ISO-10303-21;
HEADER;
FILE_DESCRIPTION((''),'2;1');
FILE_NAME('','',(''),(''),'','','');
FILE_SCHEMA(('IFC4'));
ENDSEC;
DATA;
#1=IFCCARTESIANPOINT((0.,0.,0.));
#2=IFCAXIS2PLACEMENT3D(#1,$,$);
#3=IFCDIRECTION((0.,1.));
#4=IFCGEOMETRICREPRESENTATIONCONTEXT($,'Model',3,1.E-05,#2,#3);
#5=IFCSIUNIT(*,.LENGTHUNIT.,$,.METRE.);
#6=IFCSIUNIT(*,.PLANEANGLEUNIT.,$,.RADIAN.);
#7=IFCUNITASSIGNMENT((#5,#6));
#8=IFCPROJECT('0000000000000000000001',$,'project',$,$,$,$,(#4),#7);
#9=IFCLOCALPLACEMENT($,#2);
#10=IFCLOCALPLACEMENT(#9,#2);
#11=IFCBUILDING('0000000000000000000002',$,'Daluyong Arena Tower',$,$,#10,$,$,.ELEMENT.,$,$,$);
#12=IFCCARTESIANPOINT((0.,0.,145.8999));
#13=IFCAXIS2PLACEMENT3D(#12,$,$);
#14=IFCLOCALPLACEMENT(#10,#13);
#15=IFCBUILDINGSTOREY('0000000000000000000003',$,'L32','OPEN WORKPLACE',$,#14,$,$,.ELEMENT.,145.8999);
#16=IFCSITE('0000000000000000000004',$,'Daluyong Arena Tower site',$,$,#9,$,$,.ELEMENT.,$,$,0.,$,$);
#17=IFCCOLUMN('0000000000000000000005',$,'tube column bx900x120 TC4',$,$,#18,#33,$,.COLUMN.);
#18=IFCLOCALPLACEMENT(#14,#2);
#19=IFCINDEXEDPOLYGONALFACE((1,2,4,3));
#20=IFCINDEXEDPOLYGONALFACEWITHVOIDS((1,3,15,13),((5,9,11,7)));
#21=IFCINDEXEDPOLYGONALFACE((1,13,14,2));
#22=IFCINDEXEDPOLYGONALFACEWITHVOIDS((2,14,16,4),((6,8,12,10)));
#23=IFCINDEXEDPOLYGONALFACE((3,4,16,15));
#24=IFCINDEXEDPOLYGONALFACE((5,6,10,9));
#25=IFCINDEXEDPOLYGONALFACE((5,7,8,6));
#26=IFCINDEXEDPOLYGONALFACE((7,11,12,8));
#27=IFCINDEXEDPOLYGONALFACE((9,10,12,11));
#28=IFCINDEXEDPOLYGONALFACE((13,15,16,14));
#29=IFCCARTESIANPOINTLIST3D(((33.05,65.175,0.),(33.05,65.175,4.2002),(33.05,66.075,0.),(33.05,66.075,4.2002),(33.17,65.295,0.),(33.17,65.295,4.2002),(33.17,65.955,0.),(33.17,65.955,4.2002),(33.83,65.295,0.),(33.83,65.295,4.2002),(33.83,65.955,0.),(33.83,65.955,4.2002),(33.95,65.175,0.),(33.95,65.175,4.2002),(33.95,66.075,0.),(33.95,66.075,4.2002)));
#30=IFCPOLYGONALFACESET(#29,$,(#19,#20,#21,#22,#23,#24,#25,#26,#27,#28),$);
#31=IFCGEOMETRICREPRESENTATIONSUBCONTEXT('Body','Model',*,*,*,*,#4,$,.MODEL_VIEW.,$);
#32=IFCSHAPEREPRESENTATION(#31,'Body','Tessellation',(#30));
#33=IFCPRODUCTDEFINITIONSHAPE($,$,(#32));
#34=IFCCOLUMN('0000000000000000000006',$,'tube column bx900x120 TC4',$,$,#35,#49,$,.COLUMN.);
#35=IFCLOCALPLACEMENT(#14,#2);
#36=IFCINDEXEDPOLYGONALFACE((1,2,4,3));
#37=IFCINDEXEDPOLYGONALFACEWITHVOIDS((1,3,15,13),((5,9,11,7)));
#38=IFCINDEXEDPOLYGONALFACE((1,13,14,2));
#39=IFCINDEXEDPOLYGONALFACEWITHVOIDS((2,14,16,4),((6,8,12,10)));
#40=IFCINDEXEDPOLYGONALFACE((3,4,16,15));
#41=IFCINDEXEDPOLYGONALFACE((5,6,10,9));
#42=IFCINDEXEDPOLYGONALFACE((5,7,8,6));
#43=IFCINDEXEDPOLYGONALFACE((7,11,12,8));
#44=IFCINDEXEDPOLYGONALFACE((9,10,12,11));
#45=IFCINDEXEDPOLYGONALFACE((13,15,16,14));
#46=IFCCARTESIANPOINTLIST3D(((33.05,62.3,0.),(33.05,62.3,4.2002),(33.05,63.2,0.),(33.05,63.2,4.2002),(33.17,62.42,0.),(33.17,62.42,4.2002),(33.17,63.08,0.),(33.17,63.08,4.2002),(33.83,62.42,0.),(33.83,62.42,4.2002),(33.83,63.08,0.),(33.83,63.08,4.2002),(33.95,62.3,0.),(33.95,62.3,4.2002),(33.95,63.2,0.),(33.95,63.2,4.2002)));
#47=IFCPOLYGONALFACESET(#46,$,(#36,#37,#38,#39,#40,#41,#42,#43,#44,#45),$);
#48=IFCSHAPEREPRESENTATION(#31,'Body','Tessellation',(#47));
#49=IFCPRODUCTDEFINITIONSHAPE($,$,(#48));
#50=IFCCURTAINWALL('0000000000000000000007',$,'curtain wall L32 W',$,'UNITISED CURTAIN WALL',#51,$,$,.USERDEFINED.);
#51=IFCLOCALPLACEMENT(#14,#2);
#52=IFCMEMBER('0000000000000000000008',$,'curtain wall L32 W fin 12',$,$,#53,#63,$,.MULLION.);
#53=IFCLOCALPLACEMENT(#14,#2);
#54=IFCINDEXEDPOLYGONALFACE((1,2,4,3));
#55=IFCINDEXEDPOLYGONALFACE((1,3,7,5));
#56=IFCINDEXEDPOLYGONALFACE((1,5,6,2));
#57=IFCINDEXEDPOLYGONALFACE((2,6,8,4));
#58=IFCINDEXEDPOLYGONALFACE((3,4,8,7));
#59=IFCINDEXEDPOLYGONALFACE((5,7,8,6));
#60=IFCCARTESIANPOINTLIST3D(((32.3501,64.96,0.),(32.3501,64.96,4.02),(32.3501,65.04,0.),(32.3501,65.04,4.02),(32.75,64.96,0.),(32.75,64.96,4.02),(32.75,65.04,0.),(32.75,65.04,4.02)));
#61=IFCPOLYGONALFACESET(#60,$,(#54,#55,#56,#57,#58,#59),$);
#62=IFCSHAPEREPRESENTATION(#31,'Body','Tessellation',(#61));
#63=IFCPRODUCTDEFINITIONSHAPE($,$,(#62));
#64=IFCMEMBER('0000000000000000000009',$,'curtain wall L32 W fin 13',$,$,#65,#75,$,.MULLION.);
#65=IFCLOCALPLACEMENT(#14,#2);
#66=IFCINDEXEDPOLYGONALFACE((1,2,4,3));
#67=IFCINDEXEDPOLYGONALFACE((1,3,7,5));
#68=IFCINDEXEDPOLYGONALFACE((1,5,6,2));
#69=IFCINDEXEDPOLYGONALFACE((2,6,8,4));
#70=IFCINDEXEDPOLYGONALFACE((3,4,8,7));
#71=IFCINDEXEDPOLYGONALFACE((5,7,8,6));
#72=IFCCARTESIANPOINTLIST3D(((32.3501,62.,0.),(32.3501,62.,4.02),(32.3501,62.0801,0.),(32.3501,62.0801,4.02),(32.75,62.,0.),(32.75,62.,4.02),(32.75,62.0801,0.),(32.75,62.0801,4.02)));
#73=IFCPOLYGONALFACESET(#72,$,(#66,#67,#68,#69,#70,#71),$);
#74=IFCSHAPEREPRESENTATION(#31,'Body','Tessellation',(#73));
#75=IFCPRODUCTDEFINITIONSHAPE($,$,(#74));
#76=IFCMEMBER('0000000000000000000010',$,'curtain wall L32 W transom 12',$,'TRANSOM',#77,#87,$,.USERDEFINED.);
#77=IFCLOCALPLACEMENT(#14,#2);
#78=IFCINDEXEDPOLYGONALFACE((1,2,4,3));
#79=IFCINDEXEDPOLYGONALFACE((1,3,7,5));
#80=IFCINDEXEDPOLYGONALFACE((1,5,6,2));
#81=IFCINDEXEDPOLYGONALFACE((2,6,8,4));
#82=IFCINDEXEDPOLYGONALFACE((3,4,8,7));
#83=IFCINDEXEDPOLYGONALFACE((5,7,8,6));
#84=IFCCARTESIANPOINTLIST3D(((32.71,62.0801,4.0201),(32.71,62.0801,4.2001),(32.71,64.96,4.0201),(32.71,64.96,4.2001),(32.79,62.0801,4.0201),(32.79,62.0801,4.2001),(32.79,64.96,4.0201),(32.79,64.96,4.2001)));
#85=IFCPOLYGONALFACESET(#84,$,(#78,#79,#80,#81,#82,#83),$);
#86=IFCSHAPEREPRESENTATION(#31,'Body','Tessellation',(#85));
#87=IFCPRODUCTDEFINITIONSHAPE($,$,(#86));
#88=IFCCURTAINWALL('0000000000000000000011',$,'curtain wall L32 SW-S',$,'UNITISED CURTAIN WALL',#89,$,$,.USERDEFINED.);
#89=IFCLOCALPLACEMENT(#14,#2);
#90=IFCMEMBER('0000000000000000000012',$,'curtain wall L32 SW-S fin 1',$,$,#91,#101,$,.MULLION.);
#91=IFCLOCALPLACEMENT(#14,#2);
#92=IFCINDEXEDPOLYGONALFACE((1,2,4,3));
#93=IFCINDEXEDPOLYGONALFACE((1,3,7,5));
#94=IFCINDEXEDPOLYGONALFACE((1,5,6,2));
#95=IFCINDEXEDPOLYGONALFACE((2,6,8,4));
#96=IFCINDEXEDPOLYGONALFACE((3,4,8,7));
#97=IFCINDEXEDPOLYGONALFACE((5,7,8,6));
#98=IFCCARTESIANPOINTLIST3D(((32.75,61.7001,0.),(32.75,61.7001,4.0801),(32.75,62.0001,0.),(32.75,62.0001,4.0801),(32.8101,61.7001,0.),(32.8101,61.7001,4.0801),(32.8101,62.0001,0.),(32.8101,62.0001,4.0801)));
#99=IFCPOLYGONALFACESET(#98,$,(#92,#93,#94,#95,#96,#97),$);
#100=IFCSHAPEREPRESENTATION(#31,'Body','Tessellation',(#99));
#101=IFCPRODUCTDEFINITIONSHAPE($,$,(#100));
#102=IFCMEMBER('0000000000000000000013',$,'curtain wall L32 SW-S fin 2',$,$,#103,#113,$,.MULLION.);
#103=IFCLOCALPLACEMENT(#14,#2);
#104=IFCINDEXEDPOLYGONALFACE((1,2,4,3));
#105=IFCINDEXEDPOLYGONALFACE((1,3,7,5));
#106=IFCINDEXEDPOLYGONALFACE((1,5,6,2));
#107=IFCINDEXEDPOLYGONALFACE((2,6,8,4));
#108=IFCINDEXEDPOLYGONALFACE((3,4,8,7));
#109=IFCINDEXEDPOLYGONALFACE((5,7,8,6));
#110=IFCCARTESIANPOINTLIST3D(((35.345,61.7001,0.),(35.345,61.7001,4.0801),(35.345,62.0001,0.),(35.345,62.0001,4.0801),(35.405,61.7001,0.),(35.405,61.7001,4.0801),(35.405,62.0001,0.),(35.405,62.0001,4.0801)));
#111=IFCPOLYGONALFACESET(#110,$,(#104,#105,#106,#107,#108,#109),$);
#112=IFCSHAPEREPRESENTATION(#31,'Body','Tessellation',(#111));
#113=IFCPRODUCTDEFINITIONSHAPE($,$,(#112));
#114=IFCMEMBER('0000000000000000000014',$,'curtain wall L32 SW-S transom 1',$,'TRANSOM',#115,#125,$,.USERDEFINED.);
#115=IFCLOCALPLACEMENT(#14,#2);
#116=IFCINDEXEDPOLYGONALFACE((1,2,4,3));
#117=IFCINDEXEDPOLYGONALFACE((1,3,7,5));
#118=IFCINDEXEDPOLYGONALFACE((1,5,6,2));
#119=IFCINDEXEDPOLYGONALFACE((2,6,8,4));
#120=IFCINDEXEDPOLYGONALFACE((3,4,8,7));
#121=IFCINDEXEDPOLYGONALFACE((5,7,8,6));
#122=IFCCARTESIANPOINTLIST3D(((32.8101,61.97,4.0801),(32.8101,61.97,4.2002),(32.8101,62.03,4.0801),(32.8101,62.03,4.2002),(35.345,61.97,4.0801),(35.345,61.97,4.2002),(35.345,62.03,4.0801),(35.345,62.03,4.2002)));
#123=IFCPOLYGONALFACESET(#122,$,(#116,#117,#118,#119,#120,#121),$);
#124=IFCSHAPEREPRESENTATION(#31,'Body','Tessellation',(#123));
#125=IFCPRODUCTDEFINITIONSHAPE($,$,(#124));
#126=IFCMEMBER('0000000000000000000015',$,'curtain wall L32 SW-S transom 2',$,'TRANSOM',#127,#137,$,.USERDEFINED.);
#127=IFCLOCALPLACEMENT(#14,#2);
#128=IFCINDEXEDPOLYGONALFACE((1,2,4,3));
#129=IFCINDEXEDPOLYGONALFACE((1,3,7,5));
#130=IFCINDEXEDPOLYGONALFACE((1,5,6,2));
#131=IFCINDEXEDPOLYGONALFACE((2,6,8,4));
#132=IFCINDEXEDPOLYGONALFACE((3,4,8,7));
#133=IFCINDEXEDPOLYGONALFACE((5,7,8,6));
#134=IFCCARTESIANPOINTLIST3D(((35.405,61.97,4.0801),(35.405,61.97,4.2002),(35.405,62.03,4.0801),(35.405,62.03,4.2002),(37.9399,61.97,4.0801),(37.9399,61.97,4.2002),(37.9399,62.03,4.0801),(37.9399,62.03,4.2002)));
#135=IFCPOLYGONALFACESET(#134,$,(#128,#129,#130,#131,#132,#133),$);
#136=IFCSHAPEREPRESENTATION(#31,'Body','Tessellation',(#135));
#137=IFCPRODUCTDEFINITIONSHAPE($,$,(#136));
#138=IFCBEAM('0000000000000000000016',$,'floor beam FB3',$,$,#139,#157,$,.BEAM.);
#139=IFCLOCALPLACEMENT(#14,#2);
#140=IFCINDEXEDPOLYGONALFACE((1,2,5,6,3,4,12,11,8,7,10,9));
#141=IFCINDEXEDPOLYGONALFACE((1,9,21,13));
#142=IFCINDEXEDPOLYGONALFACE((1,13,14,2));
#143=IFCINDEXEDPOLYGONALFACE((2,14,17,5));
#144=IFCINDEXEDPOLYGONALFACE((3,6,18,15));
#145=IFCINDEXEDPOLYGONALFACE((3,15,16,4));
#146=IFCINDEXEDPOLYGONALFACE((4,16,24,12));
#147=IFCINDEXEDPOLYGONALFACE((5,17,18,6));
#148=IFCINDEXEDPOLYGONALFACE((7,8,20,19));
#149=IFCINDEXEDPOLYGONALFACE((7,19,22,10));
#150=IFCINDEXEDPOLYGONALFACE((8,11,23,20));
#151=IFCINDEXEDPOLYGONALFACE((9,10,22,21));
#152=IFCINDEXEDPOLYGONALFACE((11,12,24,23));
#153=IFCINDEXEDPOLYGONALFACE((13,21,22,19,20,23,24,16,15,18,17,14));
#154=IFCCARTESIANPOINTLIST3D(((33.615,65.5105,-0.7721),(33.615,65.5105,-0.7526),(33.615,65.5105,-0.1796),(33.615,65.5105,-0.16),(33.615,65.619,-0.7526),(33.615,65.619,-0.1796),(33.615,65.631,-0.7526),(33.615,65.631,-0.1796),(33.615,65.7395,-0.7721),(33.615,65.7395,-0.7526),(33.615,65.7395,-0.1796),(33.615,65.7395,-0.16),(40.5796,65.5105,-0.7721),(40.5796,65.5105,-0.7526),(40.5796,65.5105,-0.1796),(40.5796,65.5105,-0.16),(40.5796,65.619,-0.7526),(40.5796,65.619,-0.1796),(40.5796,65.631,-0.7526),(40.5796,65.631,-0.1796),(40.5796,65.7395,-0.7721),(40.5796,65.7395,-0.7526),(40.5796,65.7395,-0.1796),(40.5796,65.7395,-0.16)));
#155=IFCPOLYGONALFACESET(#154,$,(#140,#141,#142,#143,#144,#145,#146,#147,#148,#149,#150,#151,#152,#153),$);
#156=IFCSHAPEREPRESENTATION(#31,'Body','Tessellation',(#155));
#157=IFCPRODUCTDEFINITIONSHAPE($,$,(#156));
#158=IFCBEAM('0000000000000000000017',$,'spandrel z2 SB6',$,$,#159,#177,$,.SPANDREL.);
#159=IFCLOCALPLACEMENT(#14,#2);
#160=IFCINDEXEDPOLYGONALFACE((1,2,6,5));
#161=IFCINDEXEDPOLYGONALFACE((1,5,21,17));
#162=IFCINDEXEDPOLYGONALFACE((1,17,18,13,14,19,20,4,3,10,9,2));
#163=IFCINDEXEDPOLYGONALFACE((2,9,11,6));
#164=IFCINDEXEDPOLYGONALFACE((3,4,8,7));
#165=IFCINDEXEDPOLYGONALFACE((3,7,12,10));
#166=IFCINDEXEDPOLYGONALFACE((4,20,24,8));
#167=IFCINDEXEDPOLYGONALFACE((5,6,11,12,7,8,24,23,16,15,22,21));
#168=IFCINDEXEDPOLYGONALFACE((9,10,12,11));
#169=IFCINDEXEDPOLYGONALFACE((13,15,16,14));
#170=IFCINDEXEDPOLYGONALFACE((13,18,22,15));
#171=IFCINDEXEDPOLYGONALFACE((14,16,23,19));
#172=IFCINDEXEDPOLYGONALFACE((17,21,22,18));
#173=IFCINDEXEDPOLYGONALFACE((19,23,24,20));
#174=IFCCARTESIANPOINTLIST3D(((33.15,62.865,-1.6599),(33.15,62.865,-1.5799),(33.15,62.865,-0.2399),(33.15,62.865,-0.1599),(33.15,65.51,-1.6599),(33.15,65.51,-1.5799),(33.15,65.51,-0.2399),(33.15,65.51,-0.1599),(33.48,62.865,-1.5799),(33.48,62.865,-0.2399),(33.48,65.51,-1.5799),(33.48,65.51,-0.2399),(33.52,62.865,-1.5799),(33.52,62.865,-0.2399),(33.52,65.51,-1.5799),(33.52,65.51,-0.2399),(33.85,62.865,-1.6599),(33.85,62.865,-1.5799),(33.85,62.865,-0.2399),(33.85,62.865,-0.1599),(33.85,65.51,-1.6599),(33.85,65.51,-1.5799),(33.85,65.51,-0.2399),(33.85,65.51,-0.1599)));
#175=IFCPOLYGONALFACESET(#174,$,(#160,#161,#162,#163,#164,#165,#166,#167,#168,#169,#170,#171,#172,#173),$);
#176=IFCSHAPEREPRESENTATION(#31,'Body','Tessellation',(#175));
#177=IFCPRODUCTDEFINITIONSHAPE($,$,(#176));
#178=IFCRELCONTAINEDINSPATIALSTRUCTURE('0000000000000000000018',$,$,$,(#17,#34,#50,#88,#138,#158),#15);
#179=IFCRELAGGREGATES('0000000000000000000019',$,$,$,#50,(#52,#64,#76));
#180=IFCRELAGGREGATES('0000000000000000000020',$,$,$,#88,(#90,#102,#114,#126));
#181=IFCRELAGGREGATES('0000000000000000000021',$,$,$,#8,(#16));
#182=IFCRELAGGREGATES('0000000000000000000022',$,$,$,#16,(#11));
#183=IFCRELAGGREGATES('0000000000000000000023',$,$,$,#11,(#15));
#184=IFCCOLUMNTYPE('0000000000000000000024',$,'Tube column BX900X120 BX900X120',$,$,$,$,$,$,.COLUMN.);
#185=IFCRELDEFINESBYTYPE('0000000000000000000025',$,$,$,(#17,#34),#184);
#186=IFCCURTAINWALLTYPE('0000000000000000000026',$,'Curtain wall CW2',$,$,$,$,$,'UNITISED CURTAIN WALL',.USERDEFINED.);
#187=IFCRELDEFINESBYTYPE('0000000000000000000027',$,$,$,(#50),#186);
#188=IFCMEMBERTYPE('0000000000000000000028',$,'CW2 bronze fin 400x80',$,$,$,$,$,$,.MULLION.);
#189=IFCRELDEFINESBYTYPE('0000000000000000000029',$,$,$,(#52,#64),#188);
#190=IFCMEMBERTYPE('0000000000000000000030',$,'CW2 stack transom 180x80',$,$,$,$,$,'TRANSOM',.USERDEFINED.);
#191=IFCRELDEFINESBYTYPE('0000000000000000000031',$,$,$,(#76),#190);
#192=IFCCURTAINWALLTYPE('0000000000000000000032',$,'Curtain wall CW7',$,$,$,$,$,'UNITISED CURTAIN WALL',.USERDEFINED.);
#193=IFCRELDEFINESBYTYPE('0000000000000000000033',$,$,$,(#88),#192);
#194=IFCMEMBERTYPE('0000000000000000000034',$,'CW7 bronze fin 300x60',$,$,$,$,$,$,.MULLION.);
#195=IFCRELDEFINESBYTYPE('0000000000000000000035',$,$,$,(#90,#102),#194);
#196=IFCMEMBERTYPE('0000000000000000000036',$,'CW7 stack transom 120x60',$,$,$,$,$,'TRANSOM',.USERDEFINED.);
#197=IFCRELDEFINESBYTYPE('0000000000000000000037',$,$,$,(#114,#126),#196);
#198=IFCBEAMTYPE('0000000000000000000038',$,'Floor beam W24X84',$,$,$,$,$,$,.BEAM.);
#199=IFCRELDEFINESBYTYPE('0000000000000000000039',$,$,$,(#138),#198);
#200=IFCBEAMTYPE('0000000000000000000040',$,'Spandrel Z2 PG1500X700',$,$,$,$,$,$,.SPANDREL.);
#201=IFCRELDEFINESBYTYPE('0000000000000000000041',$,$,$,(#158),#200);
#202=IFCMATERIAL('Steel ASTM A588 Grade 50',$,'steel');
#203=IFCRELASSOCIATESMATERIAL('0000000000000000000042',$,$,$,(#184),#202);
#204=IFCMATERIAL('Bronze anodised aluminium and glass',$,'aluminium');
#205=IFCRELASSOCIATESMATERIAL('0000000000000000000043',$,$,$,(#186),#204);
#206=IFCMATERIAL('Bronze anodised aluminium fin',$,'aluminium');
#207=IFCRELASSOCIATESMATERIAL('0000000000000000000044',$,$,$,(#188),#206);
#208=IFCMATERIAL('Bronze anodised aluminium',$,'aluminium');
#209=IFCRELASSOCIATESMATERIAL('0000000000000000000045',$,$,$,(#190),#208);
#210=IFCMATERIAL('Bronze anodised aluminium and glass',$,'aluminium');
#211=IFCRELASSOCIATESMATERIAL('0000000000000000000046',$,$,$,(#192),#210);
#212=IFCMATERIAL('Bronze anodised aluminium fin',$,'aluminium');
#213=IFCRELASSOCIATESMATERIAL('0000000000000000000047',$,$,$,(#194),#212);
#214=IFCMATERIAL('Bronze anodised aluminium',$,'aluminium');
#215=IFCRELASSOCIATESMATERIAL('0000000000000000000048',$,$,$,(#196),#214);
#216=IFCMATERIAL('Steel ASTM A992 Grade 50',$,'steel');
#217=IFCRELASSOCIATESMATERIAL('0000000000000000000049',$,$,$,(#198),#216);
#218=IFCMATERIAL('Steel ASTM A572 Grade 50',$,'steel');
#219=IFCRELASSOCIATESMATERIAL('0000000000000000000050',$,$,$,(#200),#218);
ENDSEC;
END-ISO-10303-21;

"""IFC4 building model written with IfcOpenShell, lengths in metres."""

from ifc_helpers import new_model, si_unit, direction, frame, origin, origin_2d, place, context, subcontext, project, spatial, rectangle, hollow_rectangle, i_section, extrude, material, material_profile, profile_set, type_object, element, aggregate, save


model = new_model("IFC4")

# Units and contexts
model_context = context("Model", 3, precision=1e-05, world=origin(), true_north=direction((0.0, 1.0)))
body_context = subcontext(model_context, "Body", "Model", "MODEL_VIEW")
ifc_project = project(units=[si_unit("LENGTHUNIT", "METRE"), si_unit("PLANEANGLEUNIT", "RADIAN")], contexts=[model_context])

# Site, building, storey
site_placement = place(None, origin())
site = spatial("IfcSite", under=ifc_project, at=site_placement, Name="Daluyong Arena Tower site", CompositionType="ELEMENT", RefElevation=0.0)
building_placement = place(site_placement, origin())
building = spatial("IfcBuilding", under=site, at=building_placement, Name="Daluyong Arena Tower", CompositionType="ELEMENT")
storey_placement = place(building_placement, frame((0.0, 0.0, 145.8999)))
storey = spatial("IfcBuildingStorey", under=building, at=storey_placement, Name="L32", Description="OPEN WORKPLACE", CompositionType="ELEMENT", Elevation=145.8999)

# Columns
ifc_material_1 = material(Name="Steel ASTM A588 Grade 50", Category="steel")
ifc_material_profile_1 = material_profile(ifc_material_1, hollow_rectangle(XDim=0.8999, YDim=0.8999, WallThickness=0.12, at=origin_2d()))
ifc_profile_set_1 = profile_set([ifc_material_profile_1], Name="Steel ASTM A588 Grade 50")
column_type = type_object("IfcColumnType", Name="Tube column BX900X120 BX900X120", PredefinedType="COLUMN", material=ifc_profile_set_1)
for number, where, z_axis, x_axis, name in (
    (1, (33.5, 65.625, 0.0), (0.0, 0.0, 1.0), (0.0, 1.0, 0.0), "tube column bx900x120 TC4"),
    (2, (33.5, 62.75, 0.0), (0.0, 0.0, 1.0), (1.0, 0.0, 0.0), "tube column bx900x120 TC4"),
):
    element("IfcColumn", number, at=place(storey_placement, frame(where, z_axis=z_axis, x_axis=x_axis)), inside=storey, type_object=column_type, Name=name, PredefinedType="COLUMN", context=body_context, shape_type="SweptSolid", body=[
        extrude(hollow_rectangle(XDim=0.8999, YDim=0.8999, WallThickness=0.12, at=origin_2d()), origin(), (0.0, 0.0, 1.0), 4.2002),
    ])

# Curtain walls, members
ifc_material_2 = material(Name="Bronze anodised aluminium and glass", Category="aluminium")
curtain_wall_type_1 = type_object("IfcCurtainWallType", Name="Curtain wall CW2", ElementType="UNITISED CURTAIN WALL", PredefinedType="USERDEFINED", material=ifc_material_2)
curtain_wall_1_placement = place(storey_placement, origin())
curtain_wall_1 = element("IfcCurtainWall", 3, at=curtain_wall_1_placement, inside=storey, type_object=curtain_wall_type_1, Name="curtain wall L32 W", ObjectType="UNITISED CURTAIN WALL", PredefinedType="USERDEFINED")
ifc_material_3 = material(Name="Bronze anodised aluminium fin", Category="aluminium")
ifc_material_profile_2 = material_profile(ifc_material_3, rectangle(XDim=0.3999, YDim=0.0801, at=origin_2d()))
ifc_profile_set_2 = profile_set([ifc_material_profile_2], Name="Bronze anodised aluminium fin")
member_type_1 = type_object("IfcMemberType", Name="CW2 bronze fin 400x80", PredefinedType="MULLION", material=ifc_profile_set_2)
member_1_placement = place(storey_placement, frame((32.55, 65.0, 0.0), z_axis=(0.0, 0.0, 1.0), x_axis=(1.0, 0.0, 0.0)))
member_1 = element("IfcMember", 4, at=member_1_placement, type_object=member_type_1, Name="curtain wall L32 W fin 12", PredefinedType="MULLION", context=body_context, shape_type="SweptSolid", body=[
    extrude(rectangle(XDim=0.3999, YDim=0.0801, at=origin_2d()), origin(), (0.0, 0.0, 1.0), 4.02),
])
member_2_placement = place(storey_placement, frame((32.55, 62.04, 0.0), z_axis=(0.0, 0.0, 1.0), x_axis=(1.0, 0.0, 0.0)))
member_2 = element("IfcMember", 5, at=member_2_placement, type_object=member_type_1, Name="curtain wall L32 W fin 13", PredefinedType="MULLION", context=body_context, shape_type="SweptSolid", body=[
    extrude(rectangle(XDim=0.3999, YDim=0.0801, at=origin_2d()), origin(), (0.0, 0.0, 1.0), 4.02),
])
ifc_material_4 = material(Name="Bronze anodised aluminium", Category="aluminium")
ifc_material_profile_3 = material_profile(ifc_material_4, rectangle(XDim=0.0801, YDim=0.1799, at=origin_2d()))
ifc_profile_set_3 = profile_set([ifc_material_profile_3], Name="Bronze anodised aluminium")
member_type_2 = type_object("IfcMemberType", Name="CW2 stack transom 180x80", ElementType="TRANSOM", PredefinedType="USERDEFINED", material=ifc_profile_set_3)
member_3_placement = place(storey_placement, frame((32.75, 64.96, 4.1101), z_axis=(0.0, -1.0, 0.0), x_axis=(1.0, 0.0, 0.0)))
member_3 = element("IfcMember", 6, at=member_3_placement, type_object=member_type_2, Name="curtain wall L32 W transom 12", ObjectType="TRANSOM", PredefinedType="USERDEFINED", context=body_context, shape_type="SweptSolid", body=[
    extrude(rectangle(XDim=0.0801, YDim=0.1799, at=origin_2d()), origin(), (0.0, 0.0, 1.0), 2.8799),
])
ifc_material_5 = material(Name="Bronze anodised aluminium and glass", Category="aluminium")
curtain_wall_type_2 = type_object("IfcCurtainWallType", Name="Curtain wall CW7", ElementType="UNITISED CURTAIN WALL", PredefinedType="USERDEFINED", material=ifc_material_5)
curtain_wall_2_placement = place(storey_placement, origin())
curtain_wall_2 = element("IfcCurtainWall", 7, at=curtain_wall_2_placement, inside=storey, type_object=curtain_wall_type_2, Name="curtain wall L32 SW-S", ObjectType="UNITISED CURTAIN WALL", PredefinedType="USERDEFINED")
ifc_material_6 = material(Name="Bronze anodised aluminium fin", Category="aluminium")
ifc_material_profile_4 = material_profile(ifc_material_6, rectangle(XDim=0.3, YDim=0.0601, at=origin_2d()))
ifc_profile_set_4 = profile_set([ifc_material_profile_4], Name="Bronze anodised aluminium fin")
member_type_3 = type_object("IfcMemberType", Name="CW7 bronze fin 300x60", PredefinedType="MULLION", material=ifc_profile_set_4)
member_4_placement = place(storey_placement, frame((32.78, 61.8501, 0.0), z_axis=(0.0, 0.0, 1.0), x_axis=(0.0, 1.0, 0.0)))
member_4 = element("IfcMember", 8, at=member_4_placement, type_object=member_type_3, Name="curtain wall L32 SW-S fin 1", PredefinedType="MULLION", context=body_context, shape_type="SweptSolid", body=[
    extrude(rectangle(XDim=0.3, YDim=0.0601, at=origin_2d()), origin(), (0.0, 0.0, 1.0), 4.0801),
])
member_5_placement = place(storey_placement, frame((35.375, 61.8501, 0.0), z_axis=(0.0, 0.0, 1.0), x_axis=(0.0, 1.0, 0.0)))
member_5 = element("IfcMember", 9, at=member_5_placement, type_object=member_type_3, Name="curtain wall L32 SW-S fin 2", PredefinedType="MULLION", context=body_context, shape_type="SweptSolid", body=[
    extrude(rectangle(XDim=0.3, YDim=0.0601, at=origin_2d()), origin(), (0.0, 0.0, 1.0), 4.0801),
])
ifc_material_7 = material(Name="Bronze anodised aluminium", Category="aluminium")
ifc_material_profile_5 = material_profile(ifc_material_7, rectangle(XDim=0.0601, YDim=0.1201, at=origin_2d()))
ifc_profile_set_5 = profile_set([ifc_material_profile_5], Name="Bronze anodised aluminium")
member_type_4 = type_object("IfcMemberType", Name="CW7 stack transom 120x60", ElementType="TRANSOM", PredefinedType="USERDEFINED", material=ifc_profile_set_5)
member_6_placement = place(storey_placement, frame((32.8101, 62.0, 4.1401), z_axis=(1.0, 0.0, 0.0), x_axis=(0.0, 1.0, 0.0)))
member_6 = element("IfcMember", 10, at=member_6_placement, type_object=member_type_4, Name="curtain wall L32 SW-S transom 1", ObjectType="TRANSOM", PredefinedType="USERDEFINED", context=body_context, shape_type="SweptSolid", body=[
    extrude(rectangle(XDim=0.0601, YDim=0.1201, at=origin_2d()), origin(), (0.0, 0.0, 1.0), 2.5349),
])
member_7_placement = place(storey_placement, frame((35.405, 62.0, 4.1401), z_axis=(1.0, 0.0, 0.0), x_axis=(0.0, 1.0, 0.0)))
member_7 = element("IfcMember", 11, at=member_7_placement, type_object=member_type_4, Name="curtain wall L32 SW-S transom 2", ObjectType="TRANSOM", PredefinedType="USERDEFINED", context=body_context, shape_type="SweptSolid", body=[
    extrude(rectangle(XDim=0.0601, YDim=0.1201, at=origin_2d()), origin(), (0.0, 0.0, 1.0), 2.5349),
])

# Beams
ifc_material_8 = material(Name="Steel ASTM A992 Grade 50", Category="steel")
ifc_material_profile_6 = material_profile(ifc_material_8, i_section(OverallWidth=0.229, OverallDepth=0.6121, WebThickness=0.012, FlangeThickness=0.0195, at=origin_2d()))
ifc_profile_set_6 = profile_set([ifc_material_profile_6], Name="Steel ASTM A992 Grade 50")
beam_type_1 = type_object("IfcBeamType", Name="Floor beam W24X84", PredefinedType="BEAM", material=ifc_profile_set_6)
beam_1_placement = place(storey_placement, frame((33.615, 65.625, -0.4661), z_axis=(1.0, 0.0, 0.0), x_axis=(0.0, 1.0, 0.0)))
element("IfcBeam", 12, at=beam_1_placement, inside=storey, type_object=beam_type_1, Name="floor beam FB3", PredefinedType="BEAM", context=body_context, shape_type="SweptSolid", body=[
    extrude(i_section(OverallWidth=0.229, OverallDepth=0.6121, WebThickness=0.012, FlangeThickness=0.0195, at=origin_2d()), origin(), (0.0, 0.0, 1.0), 6.9646),
])
ifc_material_9 = material(Name="Steel ASTM A572 Grade 50", Category="steel")
ifc_material_profile_7 = material_profile(ifc_material_9, i_section(OverallWidth=0.7, OverallDepth=1.5, WebThickness=0.04, FlangeThickness=0.08, at=origin_2d()))
ifc_profile_set_7 = profile_set([ifc_material_profile_7], Name="Steel ASTM A572 Grade 50")
beam_type_2 = type_object("IfcBeamType", Name="Spandrel Z2 PG1500X700", PredefinedType="SPANDREL", material=ifc_profile_set_7)
beam_2_placement = place(storey_placement, frame((33.5, 65.51, -0.9099), z_axis=(0.0, -1.0, 0.0), x_axis=(1.0, 0.0, 0.0)))
element("IfcBeam", 13, at=beam_2_placement, inside=storey, type_object=beam_type_2, Name="spandrel z2 SB6", PredefinedType="SPANDREL", context=body_context, shape_type="SweptSolid", body=[
    extrude(i_section(OverallWidth=0.7, OverallDepth=1.5, WebThickness=0.04, FlangeThickness=0.08, at=origin_2d()), origin(), (0.0, 0.0, 1.0), 2.645),
])

aggregate(curtain_wall_1, [member_1, member_2, member_3])
aggregate(curtain_wall_2, [member_4, member_5, member_6, member_7])

save(model, "model.ifc")
